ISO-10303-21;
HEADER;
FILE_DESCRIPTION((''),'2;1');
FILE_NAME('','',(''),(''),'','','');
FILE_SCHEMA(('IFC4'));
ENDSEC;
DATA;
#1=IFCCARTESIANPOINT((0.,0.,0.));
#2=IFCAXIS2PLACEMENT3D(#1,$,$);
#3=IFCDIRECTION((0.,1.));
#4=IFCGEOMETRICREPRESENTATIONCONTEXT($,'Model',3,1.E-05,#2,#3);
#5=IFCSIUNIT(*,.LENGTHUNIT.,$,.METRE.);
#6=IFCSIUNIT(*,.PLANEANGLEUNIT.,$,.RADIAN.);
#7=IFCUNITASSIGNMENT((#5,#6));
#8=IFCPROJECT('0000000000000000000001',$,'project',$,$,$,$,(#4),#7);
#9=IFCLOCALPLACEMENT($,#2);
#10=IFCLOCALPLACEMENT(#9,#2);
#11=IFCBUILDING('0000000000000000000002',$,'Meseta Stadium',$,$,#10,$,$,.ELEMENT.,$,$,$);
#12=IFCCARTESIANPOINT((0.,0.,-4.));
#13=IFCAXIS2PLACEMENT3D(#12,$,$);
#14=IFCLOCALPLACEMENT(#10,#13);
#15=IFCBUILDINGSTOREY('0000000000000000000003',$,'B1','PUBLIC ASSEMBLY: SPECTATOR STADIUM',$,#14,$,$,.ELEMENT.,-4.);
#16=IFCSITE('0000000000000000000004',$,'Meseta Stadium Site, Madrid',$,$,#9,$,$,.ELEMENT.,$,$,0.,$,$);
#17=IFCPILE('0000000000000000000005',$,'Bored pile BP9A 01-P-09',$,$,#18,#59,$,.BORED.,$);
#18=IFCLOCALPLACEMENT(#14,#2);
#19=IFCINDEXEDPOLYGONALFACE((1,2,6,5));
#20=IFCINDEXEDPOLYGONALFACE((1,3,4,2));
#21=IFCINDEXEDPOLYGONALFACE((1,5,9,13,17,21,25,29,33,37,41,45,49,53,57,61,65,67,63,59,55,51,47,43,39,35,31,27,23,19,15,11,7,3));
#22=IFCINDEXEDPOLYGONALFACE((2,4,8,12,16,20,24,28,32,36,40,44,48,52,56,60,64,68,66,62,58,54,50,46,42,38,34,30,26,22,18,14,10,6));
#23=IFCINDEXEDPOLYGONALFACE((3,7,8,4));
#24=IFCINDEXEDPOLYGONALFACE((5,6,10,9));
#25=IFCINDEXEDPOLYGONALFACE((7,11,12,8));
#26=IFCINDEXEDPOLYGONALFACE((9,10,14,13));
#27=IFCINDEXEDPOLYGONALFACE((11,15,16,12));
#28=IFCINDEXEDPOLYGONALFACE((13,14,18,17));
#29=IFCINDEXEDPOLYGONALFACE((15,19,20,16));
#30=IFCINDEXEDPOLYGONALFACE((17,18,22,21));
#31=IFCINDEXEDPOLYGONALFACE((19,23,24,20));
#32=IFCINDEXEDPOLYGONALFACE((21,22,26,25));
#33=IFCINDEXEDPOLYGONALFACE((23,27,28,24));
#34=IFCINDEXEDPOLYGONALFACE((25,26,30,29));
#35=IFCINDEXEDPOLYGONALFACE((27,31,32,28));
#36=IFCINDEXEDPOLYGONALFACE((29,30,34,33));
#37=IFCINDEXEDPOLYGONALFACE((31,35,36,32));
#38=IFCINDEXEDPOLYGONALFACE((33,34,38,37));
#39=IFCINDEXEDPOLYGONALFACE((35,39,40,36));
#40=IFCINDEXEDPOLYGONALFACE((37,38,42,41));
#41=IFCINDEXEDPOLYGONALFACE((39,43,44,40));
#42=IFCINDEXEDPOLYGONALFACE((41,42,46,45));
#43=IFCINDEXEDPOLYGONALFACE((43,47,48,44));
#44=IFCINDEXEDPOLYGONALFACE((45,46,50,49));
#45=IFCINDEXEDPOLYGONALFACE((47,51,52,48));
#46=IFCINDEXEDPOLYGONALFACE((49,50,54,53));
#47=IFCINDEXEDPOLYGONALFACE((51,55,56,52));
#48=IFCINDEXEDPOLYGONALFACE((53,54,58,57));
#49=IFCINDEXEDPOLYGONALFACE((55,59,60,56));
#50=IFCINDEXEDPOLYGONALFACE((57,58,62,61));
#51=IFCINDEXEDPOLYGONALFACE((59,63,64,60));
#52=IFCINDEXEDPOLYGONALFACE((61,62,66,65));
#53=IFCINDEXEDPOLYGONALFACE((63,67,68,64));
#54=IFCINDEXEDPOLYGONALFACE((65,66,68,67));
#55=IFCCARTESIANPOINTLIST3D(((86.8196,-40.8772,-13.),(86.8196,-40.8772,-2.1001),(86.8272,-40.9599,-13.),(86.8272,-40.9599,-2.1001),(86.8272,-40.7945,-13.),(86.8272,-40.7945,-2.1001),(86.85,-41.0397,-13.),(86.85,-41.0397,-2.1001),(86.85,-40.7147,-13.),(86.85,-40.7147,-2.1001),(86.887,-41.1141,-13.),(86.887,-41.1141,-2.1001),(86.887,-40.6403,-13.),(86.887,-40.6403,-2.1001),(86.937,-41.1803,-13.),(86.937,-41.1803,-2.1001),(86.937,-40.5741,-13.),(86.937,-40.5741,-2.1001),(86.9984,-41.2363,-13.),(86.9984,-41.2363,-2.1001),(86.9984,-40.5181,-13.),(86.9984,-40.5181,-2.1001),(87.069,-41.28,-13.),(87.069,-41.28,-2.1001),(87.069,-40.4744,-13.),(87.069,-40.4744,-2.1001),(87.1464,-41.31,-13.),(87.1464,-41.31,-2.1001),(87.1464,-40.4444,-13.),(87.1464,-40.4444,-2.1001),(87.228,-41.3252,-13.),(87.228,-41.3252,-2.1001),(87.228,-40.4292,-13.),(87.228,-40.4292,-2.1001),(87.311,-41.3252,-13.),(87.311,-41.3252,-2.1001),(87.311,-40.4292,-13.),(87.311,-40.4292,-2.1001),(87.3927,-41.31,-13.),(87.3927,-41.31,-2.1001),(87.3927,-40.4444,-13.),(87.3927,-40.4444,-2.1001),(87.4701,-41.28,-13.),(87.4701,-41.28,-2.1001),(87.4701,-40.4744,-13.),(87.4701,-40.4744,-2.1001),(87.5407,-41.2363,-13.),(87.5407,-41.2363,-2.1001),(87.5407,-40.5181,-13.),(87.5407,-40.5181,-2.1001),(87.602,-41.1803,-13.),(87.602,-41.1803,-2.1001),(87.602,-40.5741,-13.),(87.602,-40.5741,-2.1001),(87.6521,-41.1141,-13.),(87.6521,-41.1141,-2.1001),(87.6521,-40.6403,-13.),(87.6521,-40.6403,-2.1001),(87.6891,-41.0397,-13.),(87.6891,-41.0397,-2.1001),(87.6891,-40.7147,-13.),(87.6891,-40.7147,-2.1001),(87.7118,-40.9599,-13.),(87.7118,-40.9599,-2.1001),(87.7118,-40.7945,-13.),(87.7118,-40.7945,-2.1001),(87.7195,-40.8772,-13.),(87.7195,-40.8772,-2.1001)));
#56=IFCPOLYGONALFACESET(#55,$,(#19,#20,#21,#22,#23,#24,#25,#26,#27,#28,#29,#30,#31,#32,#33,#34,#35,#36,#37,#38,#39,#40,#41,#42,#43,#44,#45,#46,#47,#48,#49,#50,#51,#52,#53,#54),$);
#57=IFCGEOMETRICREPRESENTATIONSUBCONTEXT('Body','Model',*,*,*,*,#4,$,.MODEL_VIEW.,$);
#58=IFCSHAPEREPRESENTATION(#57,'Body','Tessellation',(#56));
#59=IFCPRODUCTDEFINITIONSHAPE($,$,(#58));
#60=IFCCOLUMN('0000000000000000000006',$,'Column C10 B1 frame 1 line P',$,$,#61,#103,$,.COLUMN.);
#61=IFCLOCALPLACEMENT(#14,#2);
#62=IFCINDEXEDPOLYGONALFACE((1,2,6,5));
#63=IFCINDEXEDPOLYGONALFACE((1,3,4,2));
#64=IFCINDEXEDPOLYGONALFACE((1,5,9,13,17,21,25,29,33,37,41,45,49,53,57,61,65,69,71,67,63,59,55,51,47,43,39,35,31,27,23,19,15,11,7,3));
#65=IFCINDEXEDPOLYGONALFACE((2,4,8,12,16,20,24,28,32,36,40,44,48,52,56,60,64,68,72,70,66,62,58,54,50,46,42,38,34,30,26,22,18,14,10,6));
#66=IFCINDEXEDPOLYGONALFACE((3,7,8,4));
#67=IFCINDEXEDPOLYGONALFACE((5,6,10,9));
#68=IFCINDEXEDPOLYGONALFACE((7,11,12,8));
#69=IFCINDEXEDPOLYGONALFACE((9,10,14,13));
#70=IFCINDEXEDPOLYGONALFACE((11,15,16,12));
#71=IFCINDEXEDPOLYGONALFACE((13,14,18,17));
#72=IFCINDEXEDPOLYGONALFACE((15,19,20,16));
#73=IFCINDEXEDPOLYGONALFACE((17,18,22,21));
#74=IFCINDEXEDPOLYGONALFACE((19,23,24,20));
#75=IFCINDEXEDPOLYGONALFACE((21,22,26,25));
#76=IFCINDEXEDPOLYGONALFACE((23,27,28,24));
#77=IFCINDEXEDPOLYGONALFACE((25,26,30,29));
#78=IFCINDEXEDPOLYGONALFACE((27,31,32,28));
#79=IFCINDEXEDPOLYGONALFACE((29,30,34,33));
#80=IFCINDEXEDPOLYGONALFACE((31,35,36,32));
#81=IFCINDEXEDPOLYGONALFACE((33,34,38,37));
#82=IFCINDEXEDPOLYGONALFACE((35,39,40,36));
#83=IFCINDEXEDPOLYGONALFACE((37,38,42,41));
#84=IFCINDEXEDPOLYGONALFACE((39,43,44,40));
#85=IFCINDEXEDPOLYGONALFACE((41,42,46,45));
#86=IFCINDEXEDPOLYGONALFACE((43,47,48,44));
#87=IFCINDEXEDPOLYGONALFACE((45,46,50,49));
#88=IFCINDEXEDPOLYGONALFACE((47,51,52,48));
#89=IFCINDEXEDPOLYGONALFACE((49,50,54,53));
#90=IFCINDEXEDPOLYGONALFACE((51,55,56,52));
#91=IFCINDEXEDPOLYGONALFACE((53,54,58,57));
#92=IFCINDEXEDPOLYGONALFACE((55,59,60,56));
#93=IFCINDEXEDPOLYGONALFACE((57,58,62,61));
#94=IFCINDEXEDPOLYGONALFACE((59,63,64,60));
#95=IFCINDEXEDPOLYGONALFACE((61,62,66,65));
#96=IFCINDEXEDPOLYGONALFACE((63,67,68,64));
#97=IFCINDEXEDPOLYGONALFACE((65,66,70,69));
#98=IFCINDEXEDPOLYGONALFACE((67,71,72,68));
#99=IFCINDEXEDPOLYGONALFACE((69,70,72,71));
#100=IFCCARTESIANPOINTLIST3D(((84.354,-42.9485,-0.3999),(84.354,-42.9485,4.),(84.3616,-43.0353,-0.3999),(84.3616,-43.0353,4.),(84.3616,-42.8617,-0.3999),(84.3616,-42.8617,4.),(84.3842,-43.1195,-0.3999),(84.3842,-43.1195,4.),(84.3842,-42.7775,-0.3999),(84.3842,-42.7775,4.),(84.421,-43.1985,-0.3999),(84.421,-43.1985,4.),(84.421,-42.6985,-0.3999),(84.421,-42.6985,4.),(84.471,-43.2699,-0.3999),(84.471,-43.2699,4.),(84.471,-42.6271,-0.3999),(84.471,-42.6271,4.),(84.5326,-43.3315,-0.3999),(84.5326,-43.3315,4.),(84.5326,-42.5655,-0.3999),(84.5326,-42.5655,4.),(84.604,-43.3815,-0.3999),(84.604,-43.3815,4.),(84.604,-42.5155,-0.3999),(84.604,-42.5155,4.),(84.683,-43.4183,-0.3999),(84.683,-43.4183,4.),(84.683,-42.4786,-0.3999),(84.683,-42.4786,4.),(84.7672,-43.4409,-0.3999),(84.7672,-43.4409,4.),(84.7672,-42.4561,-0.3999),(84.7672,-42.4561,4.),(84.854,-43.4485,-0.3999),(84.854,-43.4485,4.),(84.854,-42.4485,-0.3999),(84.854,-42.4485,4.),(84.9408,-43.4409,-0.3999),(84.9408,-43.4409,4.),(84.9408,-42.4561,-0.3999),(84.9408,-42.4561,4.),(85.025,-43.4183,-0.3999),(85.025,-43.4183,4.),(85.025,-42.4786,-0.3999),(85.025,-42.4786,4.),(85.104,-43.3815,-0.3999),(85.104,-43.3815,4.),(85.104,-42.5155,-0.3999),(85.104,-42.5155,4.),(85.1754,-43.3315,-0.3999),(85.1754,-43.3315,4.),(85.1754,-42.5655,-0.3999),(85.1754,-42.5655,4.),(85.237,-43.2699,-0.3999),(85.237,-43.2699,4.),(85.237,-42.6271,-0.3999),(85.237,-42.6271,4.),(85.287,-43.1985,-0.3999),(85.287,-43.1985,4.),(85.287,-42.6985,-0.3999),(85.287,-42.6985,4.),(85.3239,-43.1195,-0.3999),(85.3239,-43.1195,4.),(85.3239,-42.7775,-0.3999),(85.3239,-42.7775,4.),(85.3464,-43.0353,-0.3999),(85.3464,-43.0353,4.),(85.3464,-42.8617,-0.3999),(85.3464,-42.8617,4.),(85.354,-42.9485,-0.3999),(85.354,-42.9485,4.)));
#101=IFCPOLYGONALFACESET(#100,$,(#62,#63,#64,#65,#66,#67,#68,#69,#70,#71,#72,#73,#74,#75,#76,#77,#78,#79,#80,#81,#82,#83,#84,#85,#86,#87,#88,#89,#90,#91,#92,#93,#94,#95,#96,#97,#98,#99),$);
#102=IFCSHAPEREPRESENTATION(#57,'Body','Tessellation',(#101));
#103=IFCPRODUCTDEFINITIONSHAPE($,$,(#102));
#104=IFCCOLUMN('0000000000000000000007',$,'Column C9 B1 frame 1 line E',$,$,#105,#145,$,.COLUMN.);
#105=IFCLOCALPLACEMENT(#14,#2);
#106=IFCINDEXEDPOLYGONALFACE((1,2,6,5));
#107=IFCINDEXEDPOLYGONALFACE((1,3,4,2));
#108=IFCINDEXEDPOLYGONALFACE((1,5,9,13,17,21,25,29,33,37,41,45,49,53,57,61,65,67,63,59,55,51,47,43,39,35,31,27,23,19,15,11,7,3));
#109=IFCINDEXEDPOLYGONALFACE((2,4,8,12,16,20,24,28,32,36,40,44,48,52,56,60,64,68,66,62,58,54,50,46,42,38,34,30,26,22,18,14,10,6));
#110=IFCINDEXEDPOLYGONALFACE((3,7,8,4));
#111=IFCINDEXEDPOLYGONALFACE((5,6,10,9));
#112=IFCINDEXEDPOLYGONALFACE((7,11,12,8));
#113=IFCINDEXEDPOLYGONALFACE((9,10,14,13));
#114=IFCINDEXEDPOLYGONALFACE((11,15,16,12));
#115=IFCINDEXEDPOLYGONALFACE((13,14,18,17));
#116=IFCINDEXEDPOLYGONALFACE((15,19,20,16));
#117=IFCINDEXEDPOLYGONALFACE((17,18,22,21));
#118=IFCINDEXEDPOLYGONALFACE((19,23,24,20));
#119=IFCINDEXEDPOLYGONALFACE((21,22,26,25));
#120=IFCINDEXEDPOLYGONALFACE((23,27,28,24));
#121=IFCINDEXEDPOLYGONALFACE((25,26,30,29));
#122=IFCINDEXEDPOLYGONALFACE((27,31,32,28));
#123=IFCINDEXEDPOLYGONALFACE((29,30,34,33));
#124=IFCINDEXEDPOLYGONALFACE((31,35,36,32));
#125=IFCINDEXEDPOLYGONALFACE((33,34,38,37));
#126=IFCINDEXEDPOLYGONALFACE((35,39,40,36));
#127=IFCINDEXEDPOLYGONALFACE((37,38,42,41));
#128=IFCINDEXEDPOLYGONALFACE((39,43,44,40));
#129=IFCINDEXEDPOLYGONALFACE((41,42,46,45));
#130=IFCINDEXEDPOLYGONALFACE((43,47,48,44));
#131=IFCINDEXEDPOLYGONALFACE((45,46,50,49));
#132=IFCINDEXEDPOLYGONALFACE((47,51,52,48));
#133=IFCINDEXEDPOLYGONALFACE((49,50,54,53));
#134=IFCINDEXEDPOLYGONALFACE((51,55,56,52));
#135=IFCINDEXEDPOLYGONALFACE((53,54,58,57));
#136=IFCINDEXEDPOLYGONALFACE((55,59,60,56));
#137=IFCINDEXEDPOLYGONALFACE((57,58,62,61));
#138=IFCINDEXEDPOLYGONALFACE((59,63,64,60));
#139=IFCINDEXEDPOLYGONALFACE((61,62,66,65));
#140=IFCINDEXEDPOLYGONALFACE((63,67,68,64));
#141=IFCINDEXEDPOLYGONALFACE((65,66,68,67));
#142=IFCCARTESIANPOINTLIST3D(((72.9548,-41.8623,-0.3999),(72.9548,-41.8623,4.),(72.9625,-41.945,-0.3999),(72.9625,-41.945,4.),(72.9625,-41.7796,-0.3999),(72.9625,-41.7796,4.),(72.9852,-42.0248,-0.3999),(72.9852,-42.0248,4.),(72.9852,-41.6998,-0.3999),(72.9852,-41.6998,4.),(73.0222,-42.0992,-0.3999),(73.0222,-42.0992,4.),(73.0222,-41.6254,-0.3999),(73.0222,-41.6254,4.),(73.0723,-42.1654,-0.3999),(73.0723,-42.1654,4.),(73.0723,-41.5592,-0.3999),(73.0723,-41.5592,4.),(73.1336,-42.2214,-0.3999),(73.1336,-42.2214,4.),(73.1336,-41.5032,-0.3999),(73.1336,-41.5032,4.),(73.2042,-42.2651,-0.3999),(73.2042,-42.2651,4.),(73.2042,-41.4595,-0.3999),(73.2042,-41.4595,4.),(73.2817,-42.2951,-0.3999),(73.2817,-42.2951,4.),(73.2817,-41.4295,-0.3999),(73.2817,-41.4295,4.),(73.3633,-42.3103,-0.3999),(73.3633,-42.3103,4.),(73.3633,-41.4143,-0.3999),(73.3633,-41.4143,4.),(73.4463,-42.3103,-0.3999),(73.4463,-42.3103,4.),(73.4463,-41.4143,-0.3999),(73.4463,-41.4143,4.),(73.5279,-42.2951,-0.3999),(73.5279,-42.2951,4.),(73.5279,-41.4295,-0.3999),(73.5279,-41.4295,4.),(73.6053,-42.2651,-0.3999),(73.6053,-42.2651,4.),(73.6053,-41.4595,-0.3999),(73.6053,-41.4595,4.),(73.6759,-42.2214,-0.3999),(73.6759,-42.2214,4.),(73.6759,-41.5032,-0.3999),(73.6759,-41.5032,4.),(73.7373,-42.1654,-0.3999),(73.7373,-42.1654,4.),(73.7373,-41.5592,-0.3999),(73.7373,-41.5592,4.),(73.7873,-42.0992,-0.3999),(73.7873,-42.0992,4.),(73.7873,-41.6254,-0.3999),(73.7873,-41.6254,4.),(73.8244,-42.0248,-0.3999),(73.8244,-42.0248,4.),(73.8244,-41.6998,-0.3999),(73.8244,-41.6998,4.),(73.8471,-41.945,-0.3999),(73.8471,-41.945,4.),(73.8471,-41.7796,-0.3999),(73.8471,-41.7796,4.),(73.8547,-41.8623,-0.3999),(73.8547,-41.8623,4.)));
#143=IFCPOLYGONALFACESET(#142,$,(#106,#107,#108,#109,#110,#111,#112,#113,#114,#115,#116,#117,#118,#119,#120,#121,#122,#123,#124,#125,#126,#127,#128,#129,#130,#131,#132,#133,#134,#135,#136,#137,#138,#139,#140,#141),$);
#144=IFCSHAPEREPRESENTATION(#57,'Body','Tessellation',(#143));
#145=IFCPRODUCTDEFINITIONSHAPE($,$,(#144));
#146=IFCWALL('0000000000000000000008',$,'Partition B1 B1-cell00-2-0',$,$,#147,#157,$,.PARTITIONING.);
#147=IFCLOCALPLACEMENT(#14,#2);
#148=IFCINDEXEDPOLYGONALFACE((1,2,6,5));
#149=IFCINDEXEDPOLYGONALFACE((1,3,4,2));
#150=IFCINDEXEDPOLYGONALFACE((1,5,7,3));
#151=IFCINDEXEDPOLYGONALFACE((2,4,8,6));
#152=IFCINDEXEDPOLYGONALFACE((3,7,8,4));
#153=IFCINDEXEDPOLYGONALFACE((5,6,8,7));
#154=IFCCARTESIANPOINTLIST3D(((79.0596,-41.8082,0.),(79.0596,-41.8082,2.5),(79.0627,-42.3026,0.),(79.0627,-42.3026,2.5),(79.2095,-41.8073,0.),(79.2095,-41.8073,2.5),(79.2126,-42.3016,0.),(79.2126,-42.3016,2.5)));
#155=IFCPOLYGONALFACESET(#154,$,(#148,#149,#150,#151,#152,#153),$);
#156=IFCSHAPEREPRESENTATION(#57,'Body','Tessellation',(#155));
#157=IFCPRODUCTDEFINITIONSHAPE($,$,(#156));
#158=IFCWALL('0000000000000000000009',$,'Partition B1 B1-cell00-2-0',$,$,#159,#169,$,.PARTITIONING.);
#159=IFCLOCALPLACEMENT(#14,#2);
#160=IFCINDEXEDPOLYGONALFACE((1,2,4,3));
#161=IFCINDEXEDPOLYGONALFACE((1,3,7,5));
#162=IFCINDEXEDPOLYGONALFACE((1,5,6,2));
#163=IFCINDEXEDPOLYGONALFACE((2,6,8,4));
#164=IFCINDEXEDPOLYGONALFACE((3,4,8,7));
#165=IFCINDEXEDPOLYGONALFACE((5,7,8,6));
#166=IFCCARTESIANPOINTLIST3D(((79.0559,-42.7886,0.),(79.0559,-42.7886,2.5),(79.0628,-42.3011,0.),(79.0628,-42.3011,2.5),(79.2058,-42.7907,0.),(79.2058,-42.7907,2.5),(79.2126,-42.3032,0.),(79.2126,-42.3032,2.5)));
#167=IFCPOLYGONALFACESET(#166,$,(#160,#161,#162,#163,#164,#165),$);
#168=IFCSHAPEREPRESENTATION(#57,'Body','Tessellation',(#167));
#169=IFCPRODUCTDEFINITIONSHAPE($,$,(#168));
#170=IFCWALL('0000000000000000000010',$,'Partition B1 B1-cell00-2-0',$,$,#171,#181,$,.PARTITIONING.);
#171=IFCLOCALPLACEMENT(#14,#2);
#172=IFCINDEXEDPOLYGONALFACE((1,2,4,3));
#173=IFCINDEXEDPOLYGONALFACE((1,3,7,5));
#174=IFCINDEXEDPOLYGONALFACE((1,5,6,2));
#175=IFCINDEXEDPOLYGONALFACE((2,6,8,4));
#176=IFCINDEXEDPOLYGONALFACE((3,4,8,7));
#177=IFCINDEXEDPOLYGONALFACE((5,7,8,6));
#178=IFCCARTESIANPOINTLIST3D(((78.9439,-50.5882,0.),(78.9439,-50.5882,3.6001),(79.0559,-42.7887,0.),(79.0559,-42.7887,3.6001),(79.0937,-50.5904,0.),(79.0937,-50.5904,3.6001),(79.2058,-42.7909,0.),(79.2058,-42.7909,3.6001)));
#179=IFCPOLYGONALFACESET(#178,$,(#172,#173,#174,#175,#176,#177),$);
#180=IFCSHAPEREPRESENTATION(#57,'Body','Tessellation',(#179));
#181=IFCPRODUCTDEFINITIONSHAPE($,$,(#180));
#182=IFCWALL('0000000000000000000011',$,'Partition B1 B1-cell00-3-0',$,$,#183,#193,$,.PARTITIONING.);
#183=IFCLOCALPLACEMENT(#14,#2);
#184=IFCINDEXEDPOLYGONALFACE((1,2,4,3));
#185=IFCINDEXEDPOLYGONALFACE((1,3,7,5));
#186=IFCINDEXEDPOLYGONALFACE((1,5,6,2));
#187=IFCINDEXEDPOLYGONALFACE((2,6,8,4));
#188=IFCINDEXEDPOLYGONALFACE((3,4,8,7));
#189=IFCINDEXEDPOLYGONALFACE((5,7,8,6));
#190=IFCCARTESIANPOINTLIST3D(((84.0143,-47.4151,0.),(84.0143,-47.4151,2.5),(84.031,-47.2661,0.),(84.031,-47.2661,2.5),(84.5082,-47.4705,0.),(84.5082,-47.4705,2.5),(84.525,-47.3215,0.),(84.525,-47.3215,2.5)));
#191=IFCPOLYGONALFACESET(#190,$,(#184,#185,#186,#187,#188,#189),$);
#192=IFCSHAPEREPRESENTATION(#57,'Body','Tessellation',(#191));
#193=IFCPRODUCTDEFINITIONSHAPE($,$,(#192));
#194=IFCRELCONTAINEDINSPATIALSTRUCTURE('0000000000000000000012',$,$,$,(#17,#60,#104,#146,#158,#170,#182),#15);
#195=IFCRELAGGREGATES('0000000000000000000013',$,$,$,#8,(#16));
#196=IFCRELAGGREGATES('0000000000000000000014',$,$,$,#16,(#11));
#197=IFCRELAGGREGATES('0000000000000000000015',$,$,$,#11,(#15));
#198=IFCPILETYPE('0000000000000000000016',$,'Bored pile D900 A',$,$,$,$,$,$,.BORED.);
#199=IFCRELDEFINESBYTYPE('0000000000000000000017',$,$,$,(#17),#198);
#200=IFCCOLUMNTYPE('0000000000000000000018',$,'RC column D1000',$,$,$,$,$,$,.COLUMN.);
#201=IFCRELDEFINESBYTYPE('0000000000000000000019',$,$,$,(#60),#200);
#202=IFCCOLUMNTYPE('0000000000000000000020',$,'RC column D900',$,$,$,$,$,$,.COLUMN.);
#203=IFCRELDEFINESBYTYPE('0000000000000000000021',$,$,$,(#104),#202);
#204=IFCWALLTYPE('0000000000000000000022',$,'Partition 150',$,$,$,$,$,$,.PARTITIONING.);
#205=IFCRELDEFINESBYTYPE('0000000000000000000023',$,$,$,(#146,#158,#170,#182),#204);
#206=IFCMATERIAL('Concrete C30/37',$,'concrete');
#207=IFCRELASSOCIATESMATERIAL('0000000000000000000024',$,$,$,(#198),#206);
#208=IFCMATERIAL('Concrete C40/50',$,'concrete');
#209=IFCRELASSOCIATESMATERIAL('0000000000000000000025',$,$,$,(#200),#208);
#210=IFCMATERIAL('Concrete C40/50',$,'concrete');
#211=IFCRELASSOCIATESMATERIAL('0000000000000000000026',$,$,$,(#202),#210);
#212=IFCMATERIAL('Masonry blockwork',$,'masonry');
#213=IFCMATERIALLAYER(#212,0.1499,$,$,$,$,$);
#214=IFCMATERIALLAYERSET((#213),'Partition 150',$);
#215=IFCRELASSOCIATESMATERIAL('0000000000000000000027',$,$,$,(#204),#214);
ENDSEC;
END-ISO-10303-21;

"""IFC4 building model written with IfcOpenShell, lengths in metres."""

from ifc_helpers import new_model, si_unit, direction, frame, frame_2d, origin, origin_2d, place, context, subcontext, project, spatial, rectangle, circle, extrude, material, layer, layer_set, material_profile, profile_set, type_object, element, save


model = new_model("IFC4")

# Units and contexts
model_context = context("Model", 3, precision=1e-05, world=origin(), true_north=direction((0.0, 1.0)))
body_context = subcontext(model_context, "Body", "Model", "MODEL_VIEW")
ifc_project = project(units=[si_unit("LENGTHUNIT", "METRE"), si_unit("PLANEANGLEUNIT", "RADIAN")], contexts=[model_context])

# Site, building, storey
site_placement = place(None, origin())
site = spatial("IfcSite", under=ifc_project, at=site_placement, Name="Meseta Stadium Site, Madrid", CompositionType="ELEMENT", RefElevation=0.0)
building_placement = place(site_placement, origin())
building = spatial("IfcBuilding", under=site, at=building_placement, Name="Meseta Stadium", CompositionType="ELEMENT")
storey_placement = place(building_placement, frame((0.0, 0.0, -4.0)))
storey = spatial("IfcBuildingStorey", under=building, at=storey_placement, Name="B1", Description="PUBLIC ASSEMBLY: SPECTATOR STADIUM", CompositionType="ELEMENT", Elevation=-4.0)

# Pile
ifc_material_1 = material(Name="Concrete C30/37", Category="concrete")
ifc_material_profile_1 = material_profile(ifc_material_1, circle(Radius=0.45, at=origin_2d()), Name="D900")
ifc_profile_set_1 = profile_set([ifc_material_profile_1], Name="Concrete C30/37")
pile_type = type_object("IfcPileType", Name="Bored pile D900 A", PredefinedType="BORED", material=ifc_profile_set_1)
for number, where, z_axis, x_axis, name in (
    (1, (87.2695, -40.8772, -2.1001), (0.0, 0.0, -1.0), (1.0, 0.0, 0.0), "Bored pile BP9A 01-P-09"),
):
    element("IfcPile", number, at=place(storey_placement, frame(where, z_axis=z_axis, x_axis=x_axis)), inside=storey, type_object=pile_type, Name=name, PredefinedType="BORED", context=body_context, shape_type="SweptSolid", body=[
        extrude(circle(Radius=0.45, at=origin_2d()), origin(), (0.0, 0.0, 1.0), 10.8999),
    ])

# Columns
ifc_material_2 = material(Name="Concrete C40/50", Category="concrete")
ifc_material_profile_2 = material_profile(ifc_material_2, circle(Radius=0.5, at=origin_2d()), Name="RC D1000")
ifc_profile_set_2 = profile_set([ifc_material_profile_2], Name="Concrete C40/50")
column_type_1 = type_object("IfcColumnType", Name="RC column D1000", PredefinedType="COLUMN", material=ifc_profile_set_2)
column_1_placement = place(storey_placement, frame((84.854, -42.9485, -0.3999), z_axis=(0.0, 0.0, 1.0), x_axis=(1.0, 0.0, 0.0)))
element("IfcColumn", 2, at=column_1_placement, inside=storey, type_object=column_type_1, Name="Column C10 B1 frame 1 line P", PredefinedType="COLUMN", context=body_context, shape_type="SweptSolid", body=[
    extrude(circle(Radius=0.5, at=origin_2d()), origin(), (0.0, 0.0, 1.0), 4.3999),
])
ifc_material_3 = material(Name="Concrete C40/50", Category="concrete")
ifc_material_profile_3 = material_profile(ifc_material_3, circle(Radius=0.45, at=origin_2d()), Name="RC D900")
ifc_profile_set_3 = profile_set([ifc_material_profile_3], Name="Concrete C40/50")
column_type_2 = type_object("IfcColumnType", Name="RC column D900", PredefinedType="COLUMN", material=ifc_profile_set_3)
column_2_placement = place(storey_placement, frame((73.4048, -41.8623, -0.3999), z_axis=(0.0, 0.0, 1.0), x_axis=(1.0, 0.0, 0.0)))
element("IfcColumn", 3, at=column_2_placement, inside=storey, type_object=column_type_2, Name="Column C9 B1 frame 1 line E", PredefinedType="COLUMN", context=body_context, shape_type="SweptSolid", body=[
    extrude(circle(Radius=0.45, at=origin_2d()), origin(), (0.0, 0.0, 1.0), 4.3999),
])

# Walls
ifc_material_4 = material(Name="Masonry blockwork", Category="masonry")
ifc_layer = layer(ifc_material_4, 0.1499)
ifc_layer_set = layer_set([ifc_layer], Name="Partition 150")
wall_type = type_object("IfcWallType", Name="Partition 150", PredefinedType="PARTITIONING", material=ifc_layer_set)
wall_1_placement = place(storey_placement, frame((79.1345, -41.8079, 0.0), z_axis=(0.0, 0.0, 1.0), x_axis=(0.00642, -0.999979, 0.0)))
element("IfcWall", 4, at=wall_1_placement, inside=storey, type_object=wall_type, Name="Partition B1 B1-cell00-2-0", PredefinedType="PARTITIONING", context=body_context, shape_type="SweptSolid", body=[
    extrude(rectangle(XDim=0.4944, YDim=0.1499, at=frame_2d((0.2471, 0.0))), origin(), (0.0, 0.0, 1.0), 2.5),
])
wall_2_placement = place(storey_placement, frame((79.1377, -42.3022, 0.0), z_axis=(0.0, 0.0, 1.0), x_axis=(-0.01402, -0.999902, 0.0)))
element("IfcWall", 5, at=wall_2_placement, inside=storey, type_object=wall_type, Name="Partition B1 B1-cell00-2-0", PredefinedType="PARTITIONING", context=body_context, shape_type="SweptSolid", body=[
    extrude(rectangle(XDim=0.4875, YDim=0.1499, at=frame_2d((0.2437, 0.0))), origin(), (0.0, 0.0, 1.0), 2.5),
])
wall_3_placement = place(storey_placement, frame((79.1309, -42.7898, 0.0), z_axis=(0.0, 0.0, 1.0), x_axis=(-0.014366, -0.999897, 0.0)))
element("IfcWall", 6, at=wall_3_placement, inside=storey, type_object=wall_type, Name="Partition B1 B1-cell00-2-0", PredefinedType="PARTITIONING", context=body_context, shape_type="SweptSolid", body=[
    extrude(rectangle(XDim=7.8003, YDim=0.1499, at=frame_2d((3.9001, 0.0))), origin(), (0.0, 0.0, 1.0), 3.6001),
])
wall_4_placement = place(storey_placement, frame((84.5166, -47.396, 0.0), z_axis=(0.0, 0.0, 1.0), x_axis=(-0.993763, 0.11151, 0.0)))
element("IfcWall", 7, at=wall_4_placement, inside=storey, type_object=wall_type, Name="Partition B1 B1-cell00-3-0", PredefinedType="PARTITIONING", context=body_context, shape_type="SweptSolid", body=[
    extrude(rectangle(XDim=0.4971, YDim=0.1499, at=frame_2d((0.2485, 0.0))), origin(), (0.0, 0.0, 1.0), 2.5),
])

save(model, "model.ifc")
